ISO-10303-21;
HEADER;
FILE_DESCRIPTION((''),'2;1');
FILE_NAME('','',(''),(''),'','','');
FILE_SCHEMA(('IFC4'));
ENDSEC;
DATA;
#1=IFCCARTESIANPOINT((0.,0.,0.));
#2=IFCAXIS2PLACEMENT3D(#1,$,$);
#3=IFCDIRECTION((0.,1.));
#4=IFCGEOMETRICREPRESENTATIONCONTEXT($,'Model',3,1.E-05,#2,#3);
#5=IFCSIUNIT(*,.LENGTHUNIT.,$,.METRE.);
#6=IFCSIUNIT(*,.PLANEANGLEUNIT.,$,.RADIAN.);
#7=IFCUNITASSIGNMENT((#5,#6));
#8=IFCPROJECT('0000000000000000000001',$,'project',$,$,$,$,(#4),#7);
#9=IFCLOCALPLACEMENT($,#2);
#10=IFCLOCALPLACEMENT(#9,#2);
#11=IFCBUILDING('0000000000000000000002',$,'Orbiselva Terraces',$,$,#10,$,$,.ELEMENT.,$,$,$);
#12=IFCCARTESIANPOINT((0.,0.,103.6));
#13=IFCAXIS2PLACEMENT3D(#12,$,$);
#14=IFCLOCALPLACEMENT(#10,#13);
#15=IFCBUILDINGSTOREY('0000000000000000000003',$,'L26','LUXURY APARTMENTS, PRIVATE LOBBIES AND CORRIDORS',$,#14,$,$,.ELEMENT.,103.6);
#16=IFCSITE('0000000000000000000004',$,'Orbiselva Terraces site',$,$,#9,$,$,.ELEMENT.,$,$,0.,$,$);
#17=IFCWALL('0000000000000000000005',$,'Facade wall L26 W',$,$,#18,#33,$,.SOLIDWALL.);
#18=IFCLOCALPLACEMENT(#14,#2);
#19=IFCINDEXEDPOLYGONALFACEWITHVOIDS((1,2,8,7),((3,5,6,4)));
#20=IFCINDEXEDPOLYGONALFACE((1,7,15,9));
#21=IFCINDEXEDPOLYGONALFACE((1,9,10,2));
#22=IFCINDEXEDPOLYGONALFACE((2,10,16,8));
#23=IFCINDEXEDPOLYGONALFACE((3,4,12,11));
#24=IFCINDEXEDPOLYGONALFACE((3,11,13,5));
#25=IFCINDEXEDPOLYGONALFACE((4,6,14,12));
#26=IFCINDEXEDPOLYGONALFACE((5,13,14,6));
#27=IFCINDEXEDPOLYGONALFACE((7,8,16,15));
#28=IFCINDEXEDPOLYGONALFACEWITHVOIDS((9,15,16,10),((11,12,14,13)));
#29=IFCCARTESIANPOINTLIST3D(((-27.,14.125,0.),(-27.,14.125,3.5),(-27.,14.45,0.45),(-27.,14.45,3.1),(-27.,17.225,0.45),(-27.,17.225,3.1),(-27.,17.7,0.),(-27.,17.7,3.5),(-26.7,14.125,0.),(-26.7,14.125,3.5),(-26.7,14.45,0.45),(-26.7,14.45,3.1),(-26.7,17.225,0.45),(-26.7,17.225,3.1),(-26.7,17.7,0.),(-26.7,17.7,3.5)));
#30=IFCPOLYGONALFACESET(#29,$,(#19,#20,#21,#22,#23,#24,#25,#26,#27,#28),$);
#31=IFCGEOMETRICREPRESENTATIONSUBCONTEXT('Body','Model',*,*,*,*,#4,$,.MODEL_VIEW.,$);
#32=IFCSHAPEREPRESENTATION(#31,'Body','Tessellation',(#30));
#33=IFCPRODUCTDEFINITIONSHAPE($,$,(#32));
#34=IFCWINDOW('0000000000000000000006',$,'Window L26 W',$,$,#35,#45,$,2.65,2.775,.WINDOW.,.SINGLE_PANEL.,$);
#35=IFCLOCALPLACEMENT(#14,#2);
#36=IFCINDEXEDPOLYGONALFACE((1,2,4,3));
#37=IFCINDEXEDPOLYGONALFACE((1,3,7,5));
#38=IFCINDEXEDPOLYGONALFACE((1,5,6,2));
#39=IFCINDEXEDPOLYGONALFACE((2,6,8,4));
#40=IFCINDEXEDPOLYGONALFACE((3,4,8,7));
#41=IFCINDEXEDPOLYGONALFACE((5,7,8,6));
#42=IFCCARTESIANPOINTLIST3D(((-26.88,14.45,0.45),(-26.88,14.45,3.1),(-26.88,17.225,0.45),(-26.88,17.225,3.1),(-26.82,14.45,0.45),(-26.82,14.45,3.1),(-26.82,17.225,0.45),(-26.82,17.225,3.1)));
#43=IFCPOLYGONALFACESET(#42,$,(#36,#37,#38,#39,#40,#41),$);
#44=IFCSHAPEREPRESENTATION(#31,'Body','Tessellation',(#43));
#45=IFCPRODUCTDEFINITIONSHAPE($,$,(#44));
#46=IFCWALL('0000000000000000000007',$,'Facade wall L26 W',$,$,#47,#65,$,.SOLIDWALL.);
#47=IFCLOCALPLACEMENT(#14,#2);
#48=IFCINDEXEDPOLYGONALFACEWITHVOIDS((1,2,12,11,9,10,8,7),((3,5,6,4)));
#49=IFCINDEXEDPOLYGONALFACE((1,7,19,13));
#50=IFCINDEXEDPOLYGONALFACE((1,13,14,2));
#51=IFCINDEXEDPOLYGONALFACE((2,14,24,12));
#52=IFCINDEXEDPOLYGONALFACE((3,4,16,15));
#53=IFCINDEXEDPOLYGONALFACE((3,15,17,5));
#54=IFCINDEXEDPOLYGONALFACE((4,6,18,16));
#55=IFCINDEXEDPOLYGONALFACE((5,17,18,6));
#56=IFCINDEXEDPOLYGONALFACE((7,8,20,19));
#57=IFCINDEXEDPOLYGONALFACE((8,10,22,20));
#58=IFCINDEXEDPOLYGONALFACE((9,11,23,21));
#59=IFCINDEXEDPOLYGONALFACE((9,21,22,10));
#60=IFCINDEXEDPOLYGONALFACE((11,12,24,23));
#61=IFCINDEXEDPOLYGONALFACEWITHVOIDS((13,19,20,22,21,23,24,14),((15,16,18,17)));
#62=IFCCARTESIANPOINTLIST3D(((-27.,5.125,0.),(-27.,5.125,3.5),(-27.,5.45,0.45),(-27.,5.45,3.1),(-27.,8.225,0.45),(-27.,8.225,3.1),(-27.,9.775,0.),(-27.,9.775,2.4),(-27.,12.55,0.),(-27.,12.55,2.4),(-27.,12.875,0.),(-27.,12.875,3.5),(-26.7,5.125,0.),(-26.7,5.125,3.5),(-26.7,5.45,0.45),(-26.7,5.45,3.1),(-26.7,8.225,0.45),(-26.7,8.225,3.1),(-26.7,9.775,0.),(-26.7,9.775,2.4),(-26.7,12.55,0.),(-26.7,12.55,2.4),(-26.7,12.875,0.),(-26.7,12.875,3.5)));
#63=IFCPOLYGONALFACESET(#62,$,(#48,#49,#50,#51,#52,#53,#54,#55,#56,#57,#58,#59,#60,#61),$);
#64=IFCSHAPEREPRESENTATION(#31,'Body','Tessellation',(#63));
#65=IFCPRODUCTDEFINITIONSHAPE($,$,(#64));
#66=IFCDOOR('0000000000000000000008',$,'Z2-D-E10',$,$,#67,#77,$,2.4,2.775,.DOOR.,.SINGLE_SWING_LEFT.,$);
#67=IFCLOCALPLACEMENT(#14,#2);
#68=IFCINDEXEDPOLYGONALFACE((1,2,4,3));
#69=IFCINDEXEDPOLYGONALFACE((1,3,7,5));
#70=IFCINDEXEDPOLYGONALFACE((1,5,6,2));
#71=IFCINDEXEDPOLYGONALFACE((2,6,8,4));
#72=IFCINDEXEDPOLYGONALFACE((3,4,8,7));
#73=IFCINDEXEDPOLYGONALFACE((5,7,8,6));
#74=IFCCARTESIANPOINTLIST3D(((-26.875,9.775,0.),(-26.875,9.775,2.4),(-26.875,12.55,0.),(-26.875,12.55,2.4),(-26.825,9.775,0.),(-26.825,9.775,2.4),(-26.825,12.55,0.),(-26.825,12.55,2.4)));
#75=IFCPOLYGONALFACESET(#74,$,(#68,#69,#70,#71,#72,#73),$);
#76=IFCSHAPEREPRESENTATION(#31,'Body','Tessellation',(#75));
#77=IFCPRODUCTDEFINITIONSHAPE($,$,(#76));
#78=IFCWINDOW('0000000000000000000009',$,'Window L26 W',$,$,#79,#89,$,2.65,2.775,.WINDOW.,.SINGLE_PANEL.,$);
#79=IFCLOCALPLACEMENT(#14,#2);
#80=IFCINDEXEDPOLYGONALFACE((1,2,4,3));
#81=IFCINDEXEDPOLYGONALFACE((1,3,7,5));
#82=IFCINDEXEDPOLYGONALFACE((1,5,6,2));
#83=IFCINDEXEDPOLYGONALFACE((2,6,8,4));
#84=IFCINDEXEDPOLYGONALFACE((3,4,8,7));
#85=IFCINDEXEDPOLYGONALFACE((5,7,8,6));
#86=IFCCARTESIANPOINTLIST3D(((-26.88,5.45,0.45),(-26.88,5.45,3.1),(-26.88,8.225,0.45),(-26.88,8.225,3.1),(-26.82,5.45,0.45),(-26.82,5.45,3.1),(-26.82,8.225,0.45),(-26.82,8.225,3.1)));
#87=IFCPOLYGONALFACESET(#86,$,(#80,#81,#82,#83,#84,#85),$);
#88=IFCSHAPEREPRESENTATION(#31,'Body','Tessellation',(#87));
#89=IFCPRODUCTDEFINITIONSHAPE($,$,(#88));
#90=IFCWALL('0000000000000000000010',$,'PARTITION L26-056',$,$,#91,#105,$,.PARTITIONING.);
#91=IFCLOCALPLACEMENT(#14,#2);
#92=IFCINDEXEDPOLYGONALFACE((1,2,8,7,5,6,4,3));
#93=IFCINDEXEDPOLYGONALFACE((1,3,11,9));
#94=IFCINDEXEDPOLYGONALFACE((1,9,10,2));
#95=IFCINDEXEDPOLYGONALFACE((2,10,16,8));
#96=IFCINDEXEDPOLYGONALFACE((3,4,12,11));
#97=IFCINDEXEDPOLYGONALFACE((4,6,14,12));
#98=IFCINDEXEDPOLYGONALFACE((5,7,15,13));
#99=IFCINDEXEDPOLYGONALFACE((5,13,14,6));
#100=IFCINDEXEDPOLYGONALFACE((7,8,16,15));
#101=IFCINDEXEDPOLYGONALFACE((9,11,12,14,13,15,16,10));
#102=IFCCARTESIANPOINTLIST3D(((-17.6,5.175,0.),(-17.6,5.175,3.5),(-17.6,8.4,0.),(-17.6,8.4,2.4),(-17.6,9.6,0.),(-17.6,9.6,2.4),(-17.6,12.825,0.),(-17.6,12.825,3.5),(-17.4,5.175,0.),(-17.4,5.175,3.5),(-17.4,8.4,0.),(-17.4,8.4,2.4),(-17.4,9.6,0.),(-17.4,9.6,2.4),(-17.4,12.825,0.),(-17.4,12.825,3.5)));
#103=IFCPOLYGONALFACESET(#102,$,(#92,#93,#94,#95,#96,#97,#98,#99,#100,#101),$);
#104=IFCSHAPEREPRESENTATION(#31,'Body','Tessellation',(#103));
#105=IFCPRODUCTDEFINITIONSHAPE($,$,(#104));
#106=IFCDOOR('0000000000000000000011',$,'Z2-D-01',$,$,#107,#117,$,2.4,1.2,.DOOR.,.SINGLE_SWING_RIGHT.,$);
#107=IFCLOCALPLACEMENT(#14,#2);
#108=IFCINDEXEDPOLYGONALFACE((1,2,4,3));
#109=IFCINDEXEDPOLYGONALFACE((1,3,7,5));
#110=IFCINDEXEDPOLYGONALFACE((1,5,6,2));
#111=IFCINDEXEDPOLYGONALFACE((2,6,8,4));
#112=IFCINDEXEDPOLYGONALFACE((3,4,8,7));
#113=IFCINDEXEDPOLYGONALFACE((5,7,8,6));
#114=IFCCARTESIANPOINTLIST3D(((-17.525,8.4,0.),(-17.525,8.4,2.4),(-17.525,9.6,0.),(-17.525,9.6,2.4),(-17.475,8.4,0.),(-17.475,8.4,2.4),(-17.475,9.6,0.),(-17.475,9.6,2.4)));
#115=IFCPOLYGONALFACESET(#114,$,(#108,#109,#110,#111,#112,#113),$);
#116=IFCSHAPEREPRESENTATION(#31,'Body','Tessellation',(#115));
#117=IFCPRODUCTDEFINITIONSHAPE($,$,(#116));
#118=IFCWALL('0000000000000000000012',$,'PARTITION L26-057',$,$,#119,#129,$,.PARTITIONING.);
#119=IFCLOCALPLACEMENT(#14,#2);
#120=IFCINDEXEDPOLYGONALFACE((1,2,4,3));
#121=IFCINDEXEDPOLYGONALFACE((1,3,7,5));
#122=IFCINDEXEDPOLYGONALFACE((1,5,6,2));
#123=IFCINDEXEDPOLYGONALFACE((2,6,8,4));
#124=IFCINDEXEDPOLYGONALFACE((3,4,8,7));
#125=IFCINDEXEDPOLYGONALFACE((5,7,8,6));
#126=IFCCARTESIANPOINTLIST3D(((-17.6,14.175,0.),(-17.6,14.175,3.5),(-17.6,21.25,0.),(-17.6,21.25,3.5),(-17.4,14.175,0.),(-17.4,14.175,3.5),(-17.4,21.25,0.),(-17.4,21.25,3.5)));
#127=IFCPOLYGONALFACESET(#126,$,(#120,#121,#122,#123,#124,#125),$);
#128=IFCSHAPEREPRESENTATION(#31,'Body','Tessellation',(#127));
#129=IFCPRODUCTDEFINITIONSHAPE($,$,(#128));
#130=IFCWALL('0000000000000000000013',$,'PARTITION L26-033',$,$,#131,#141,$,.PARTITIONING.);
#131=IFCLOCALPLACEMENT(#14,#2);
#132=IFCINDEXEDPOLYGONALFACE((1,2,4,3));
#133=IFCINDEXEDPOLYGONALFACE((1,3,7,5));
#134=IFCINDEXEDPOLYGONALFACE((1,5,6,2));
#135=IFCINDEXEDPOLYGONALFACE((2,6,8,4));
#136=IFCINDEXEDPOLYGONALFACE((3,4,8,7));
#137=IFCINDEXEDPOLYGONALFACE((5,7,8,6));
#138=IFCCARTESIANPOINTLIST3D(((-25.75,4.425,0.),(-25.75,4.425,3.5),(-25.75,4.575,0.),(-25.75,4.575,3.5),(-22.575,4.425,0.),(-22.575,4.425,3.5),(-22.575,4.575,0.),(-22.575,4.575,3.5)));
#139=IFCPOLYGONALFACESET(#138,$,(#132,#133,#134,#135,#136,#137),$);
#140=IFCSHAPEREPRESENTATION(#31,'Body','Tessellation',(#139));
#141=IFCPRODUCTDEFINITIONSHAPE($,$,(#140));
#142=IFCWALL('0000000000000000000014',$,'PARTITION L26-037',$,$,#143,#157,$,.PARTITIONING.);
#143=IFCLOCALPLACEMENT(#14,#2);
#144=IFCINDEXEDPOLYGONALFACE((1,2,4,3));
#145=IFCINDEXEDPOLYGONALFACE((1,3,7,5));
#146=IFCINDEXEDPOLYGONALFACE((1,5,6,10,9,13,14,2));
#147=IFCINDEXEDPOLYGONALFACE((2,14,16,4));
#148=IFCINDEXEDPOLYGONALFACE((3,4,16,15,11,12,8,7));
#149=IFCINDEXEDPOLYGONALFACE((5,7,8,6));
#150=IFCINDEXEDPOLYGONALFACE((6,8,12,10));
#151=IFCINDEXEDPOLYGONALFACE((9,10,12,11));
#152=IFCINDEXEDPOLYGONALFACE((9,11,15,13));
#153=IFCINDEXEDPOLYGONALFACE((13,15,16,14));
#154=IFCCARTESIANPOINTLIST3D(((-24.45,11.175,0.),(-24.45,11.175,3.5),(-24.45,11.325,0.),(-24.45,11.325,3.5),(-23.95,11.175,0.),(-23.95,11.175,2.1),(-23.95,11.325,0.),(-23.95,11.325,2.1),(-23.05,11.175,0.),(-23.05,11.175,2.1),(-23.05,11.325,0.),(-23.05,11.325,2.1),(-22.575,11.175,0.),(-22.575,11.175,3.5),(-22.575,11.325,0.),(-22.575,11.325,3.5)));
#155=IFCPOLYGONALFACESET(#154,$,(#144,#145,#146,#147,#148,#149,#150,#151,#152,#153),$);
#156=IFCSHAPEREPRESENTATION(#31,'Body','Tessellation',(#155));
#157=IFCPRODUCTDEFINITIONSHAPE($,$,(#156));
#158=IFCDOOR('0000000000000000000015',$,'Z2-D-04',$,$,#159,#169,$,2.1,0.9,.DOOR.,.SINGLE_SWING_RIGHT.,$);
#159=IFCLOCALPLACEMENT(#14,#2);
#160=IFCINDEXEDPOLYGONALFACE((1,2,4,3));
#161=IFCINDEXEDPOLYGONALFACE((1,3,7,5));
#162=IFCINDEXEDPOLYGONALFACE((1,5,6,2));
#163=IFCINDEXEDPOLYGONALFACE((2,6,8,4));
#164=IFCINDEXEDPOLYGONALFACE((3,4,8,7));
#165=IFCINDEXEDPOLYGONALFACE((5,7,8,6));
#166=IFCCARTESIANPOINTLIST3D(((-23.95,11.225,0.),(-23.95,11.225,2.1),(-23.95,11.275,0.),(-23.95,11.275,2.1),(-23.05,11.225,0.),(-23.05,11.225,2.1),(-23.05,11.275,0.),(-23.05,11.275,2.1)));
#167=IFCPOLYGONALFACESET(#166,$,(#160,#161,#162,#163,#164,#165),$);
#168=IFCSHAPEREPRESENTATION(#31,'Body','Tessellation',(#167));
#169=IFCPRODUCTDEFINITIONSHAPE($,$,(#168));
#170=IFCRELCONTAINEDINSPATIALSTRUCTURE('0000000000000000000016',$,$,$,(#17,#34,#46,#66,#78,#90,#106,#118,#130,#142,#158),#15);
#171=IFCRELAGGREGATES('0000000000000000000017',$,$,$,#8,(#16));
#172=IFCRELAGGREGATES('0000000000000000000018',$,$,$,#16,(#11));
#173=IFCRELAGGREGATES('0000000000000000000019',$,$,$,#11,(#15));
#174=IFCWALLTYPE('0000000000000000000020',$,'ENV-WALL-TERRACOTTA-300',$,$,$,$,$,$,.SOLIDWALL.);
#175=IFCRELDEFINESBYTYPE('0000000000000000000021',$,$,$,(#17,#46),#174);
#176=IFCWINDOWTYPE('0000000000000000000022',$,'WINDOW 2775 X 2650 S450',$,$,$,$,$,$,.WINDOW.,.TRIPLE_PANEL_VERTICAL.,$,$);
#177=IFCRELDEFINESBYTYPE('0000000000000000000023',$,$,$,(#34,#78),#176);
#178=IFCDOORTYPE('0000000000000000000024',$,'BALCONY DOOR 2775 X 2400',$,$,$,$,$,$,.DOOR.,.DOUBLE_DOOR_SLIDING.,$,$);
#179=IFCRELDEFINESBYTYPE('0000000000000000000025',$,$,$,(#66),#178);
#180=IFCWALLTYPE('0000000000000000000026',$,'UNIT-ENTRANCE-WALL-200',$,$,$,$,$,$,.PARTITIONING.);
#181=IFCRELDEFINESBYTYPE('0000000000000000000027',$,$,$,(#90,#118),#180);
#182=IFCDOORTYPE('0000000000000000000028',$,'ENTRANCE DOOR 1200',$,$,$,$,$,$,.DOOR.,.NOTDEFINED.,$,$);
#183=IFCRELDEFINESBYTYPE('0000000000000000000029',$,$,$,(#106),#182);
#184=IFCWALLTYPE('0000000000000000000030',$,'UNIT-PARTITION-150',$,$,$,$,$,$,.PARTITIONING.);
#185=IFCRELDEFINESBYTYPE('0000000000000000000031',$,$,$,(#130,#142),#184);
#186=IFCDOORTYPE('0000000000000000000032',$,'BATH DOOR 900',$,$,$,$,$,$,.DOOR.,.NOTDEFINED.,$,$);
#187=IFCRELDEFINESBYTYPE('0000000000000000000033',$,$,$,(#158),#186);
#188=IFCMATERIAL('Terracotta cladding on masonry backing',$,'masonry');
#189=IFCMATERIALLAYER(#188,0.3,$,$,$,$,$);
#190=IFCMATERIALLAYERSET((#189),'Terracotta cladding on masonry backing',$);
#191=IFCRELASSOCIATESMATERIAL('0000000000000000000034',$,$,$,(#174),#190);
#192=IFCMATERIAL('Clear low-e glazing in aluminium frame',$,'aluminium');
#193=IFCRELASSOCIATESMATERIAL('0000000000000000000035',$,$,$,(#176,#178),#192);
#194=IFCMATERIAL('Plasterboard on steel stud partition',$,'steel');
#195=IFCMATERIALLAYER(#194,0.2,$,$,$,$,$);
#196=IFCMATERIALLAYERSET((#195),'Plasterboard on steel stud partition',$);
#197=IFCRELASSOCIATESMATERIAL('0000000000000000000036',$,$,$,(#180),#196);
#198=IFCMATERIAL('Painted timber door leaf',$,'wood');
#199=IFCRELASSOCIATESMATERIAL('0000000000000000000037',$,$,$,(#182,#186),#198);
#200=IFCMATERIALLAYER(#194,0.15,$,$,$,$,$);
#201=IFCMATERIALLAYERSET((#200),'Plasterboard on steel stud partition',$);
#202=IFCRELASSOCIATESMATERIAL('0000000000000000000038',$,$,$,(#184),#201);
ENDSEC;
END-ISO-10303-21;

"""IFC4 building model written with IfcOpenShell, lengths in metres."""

from ifc_helpers import new_model, si_unit, direction, frame, frame_2d, origin, place, context, subcontext, project, spatial, rectangle, extrude, material, layer, layer_set, type_object, element, fill, save


model = new_model("IFC4")

# Units and contexts
model_context = context("Model", 3, precision=1e-05, world=origin(), true_north=direction((0.0, 1.0)))
body_context = subcontext(model_context, "Body", "Model", "MODEL_VIEW")
ifc_project = project(units=[si_unit("LENGTHUNIT", "METRE"), si_unit("PLANEANGLEUNIT", "RADIAN")], contexts=[model_context])

# Site, building, storey
site_placement = place(None, origin())
site = spatial("IfcSite", under=ifc_project, at=site_placement, Name="Orbiselva Terraces site", CompositionType="ELEMENT", RefElevation=0.0)
building_placement = place(site_placement, origin())
building = spatial("IfcBuilding", under=site, at=building_placement, Name="Orbiselva Terraces", CompositionType="ELEMENT")
storey_placement = place(building_placement, frame((0.0, 0.0, 103.6)))
storey = spatial("IfcBuildingStorey", under=building, at=storey_placement, Name="L26", Description="LUXURY APARTMENTS, PRIVATE LOBBIES AND CORRIDORS", CompositionType="ELEMENT", Elevation=103.6)

# Wall, opening, window
ifc_material_1 = material(Name="Terracotta cladding on masonry backing", Category="masonry")
ifc_layer_1 = layer(ifc_material_1, 0.3)
ifc_layer_set_1 = layer_set([ifc_layer_1], Name="Terracotta cladding on masonry backing")
wall_type_1 = type_object("IfcWallType", Name="ENV-WALL-TERRACOTTA-300", PredefinedType="SOLIDWALL", material=ifc_layer_set_1)
wall_1_placement = place(storey_placement, frame((-26.85, 14.125, 0.0), z_axis=(0.0, 0.0, 1.0), x_axis=(0.0, 1.0, 0.0)))
wall_1 = element("IfcWall", 1, at=wall_1_placement, inside=storey, type_object=wall_type_1, Name="Facade wall L26 W", PredefinedType="SOLIDWALL", context=body_context, shape_type="SweptSolid", body=[
    extrude(rectangle(XDim=3.575, YDim=0.3, at=frame_2d((1.7875, 0.0))), origin(), (0.0, 0.0, 1.0), 3.5),
])
opening_1_placement = place(wall_1_placement, frame((0.325, 0.0, 0.45)))
opening_1 = element("IfcOpeningElement", 2, at=opening_1_placement, cuts=wall_1, PredefinedType="OPENING", context=body_context, shape_type="SweptSolid", body=[
    extrude(rectangle(XDim=2.775, YDim=2.65, at=frame_2d((1.3875, 1.325))), frame((0.0, 0.16, 0.0), z_axis=(0.0, -1.0, 0.0), x_axis=(1.0, 0.0, 0.0)), (0.0, 0.0, 1.0), 0.32),
])
ifc_material_2 = material(Name="Clear low-e glazing in aluminium frame", Category="aluminium")
window_type = type_object("IfcWindowType", Name="WINDOW 2775 X 2650 S450", PartitioningType="TRIPLE_PANEL_VERTICAL", PredefinedType="WINDOW", material=ifc_material_2)
window_1_placement = place(opening_1_placement, origin())
window_1 = element("IfcWindow", 3, at=window_1_placement, inside=storey, type_object=window_type, Name="Window L26 W", OverallHeight=2.65, OverallWidth=2.775, PartitioningType="SINGLE_PANEL", PredefinedType="WINDOW", context=body_context, shape_type="SweptSolid", body=[
    extrude(rectangle(XDim=2.775, YDim=2.65, at=frame_2d((1.3875, 1.325))), frame((0.0, 0.03, 0.0), z_axis=(0.0, -1.0, 0.0), x_axis=(1.0, 0.0, 0.0)), (0.0, 0.0, 1.0), 0.06),
])
fill(opening_1, window_1)

# Wall, openings, door, window
wall_2_placement = place(storey_placement, frame((-26.85, 5.125, 0.0), z_axis=(0.0, 0.0, 1.0), x_axis=(0.0, 1.0, 0.0)))
wall_2 = element("IfcWall", 4, at=wall_2_placement, inside=storey, type_object=wall_type_1, Name="Facade wall L26 W", PredefinedType="SOLIDWALL", context=body_context, shape_type="SweptSolid", body=[
    extrude(rectangle(XDim=7.75, YDim=0.3, at=frame_2d((3.875, 0.0))), origin(), (0.0, 0.0, 1.0), 3.5),
])
opening_2_placement = place(wall_2_placement, frame((4.65, 0.0, 0.0)))
opening_2 = element("IfcOpeningElement", 5, at=opening_2_placement, cuts=wall_2, PredefinedType="OPENING", context=body_context, shape_type="SweptSolid", body=[
    extrude(rectangle(XDim=2.775, YDim=2.4, at=frame_2d((1.3875, 1.2))), frame((0.0, 0.16, 0.0), z_axis=(0.0, -1.0, 0.0), x_axis=(1.0, 0.0, 0.0)), (0.0, 0.0, 1.0), 0.32),
])
opening_3_placement = place(wall_2_placement, frame((0.325, 0.0, 0.45)))
opening_3 = element("IfcOpeningElement", 6, at=opening_3_placement, cuts=wall_2, PredefinedType="OPENING", context=body_context, shape_type="SweptSolid", body=[
    extrude(rectangle(XDim=2.775, YDim=2.65, at=frame_2d((1.3875, 1.325))), frame((0.0, 0.16, 0.0), z_axis=(0.0, -1.0, 0.0), x_axis=(1.0, 0.0, 0.0)), (0.0, 0.0, 1.0), 0.32),
])
door_type_1 = type_object("IfcDoorType", Name="BALCONY DOOR 2775 X 2400", OperationType="DOUBLE_DOOR_SLIDING", PredefinedType="DOOR", material=ifc_material_2)
door_1_placement = place(opening_2_placement, origin())
door_1 = element("IfcDoor", 7, at=door_1_placement, inside=storey, type_object=door_type_1, Name="Z2-D-E10", OperationType="SINGLE_SWING_LEFT", OverallHeight=2.4, OverallWidth=2.775, PredefinedType="DOOR", context=body_context, shape_type="SweptSolid", body=[
    extrude(rectangle(XDim=2.775, YDim=2.4, at=frame_2d((1.3875, 1.2))), frame((0.0, 0.025, 0.0), z_axis=(0.0, -1.0, 0.0), x_axis=(1.0, 0.0, 0.0)), (0.0, 0.0, 1.0), 0.05),
])
fill(opening_2, door_1)
window_2_placement = place(opening_3_placement, origin())
window_2 = element("IfcWindow", 8, at=window_2_placement, inside=storey, type_object=window_type, Name="Window L26 W", OverallHeight=2.65, OverallWidth=2.775, PartitioningType="SINGLE_PANEL", PredefinedType="WINDOW", context=body_context, shape_type="SweptSolid", body=[
    extrude(rectangle(XDim=2.775, YDim=2.65, at=frame_2d((1.3875, 1.325))), frame((0.0, 0.03, 0.0), z_axis=(0.0, -1.0, 0.0), x_axis=(1.0, 0.0, 0.0)), (0.0, 0.0, 1.0), 0.06),
])
fill(opening_3, window_2)

# Wall, opening, door
ifc_material_3 = material(Name="Plasterboard on steel stud partition", Category="steel")
ifc_layer_2 = layer(ifc_material_3, 0.2)
ifc_layer_set_2 = layer_set([ifc_layer_2], Name="Plasterboard on steel stud partition")
wall_type_2 = type_object("IfcWallType", Name="UNIT-ENTRANCE-WALL-200", PredefinedType="PARTITIONING", material=ifc_layer_set_2)
wall_3_placement = place(storey_placement, frame((-17.5, 5.175, 0.0), z_axis=(0.0, 0.0, 1.0), x_axis=(0.0, 1.0, 0.0)))
wall_3 = element("IfcWall", 9, at=wall_3_placement, inside=storey, type_object=wall_type_2, Name="PARTITION L26-056", PredefinedType="PARTITIONING", context=body_context, shape_type="SweptSolid", body=[
    extrude(rectangle(XDim=7.65, YDim=0.2, at=frame_2d((3.825, 0.0))), origin(), (0.0, 0.0, 1.0), 3.5),
])
opening_4_placement = place(wall_3_placement, frame((3.225, 0.0, 0.0)))
opening_4 = element("IfcOpeningElement", 10, at=opening_4_placement, cuts=wall_3, PredefinedType="OPENING", context=body_context, shape_type="SweptSolid", body=[
    extrude(rectangle(XDim=1.2, YDim=2.4, at=frame_2d((0.6, 1.2))), frame((0.0, 0.11, 0.0), z_axis=(0.0, -1.0, 0.0), x_axis=(1.0, 0.0, 0.0)), (0.0, 0.0, 1.0), 0.22),
])
ifc_material_4 = material(Name="Painted timber door leaf", Category="wood")
door_type_2 = type_object("IfcDoorType", Name="ENTRANCE DOOR 1200", OperationType="NOTDEFINED", PredefinedType="DOOR", material=ifc_material_4)
door_2_placement = place(opening_4_placement, origin())
door_2 = element("IfcDoor", 11, at=door_2_placement, inside=storey, type_object=door_type_2, Name="Z2-D-01", OperationType="SINGLE_SWING_RIGHT", OverallHeight=2.4, OverallWidth=1.2, PredefinedType="DOOR", context=body_context, shape_type="SweptSolid", body=[
    extrude(rectangle(XDim=1.2, YDim=2.4, at=frame_2d((0.6, 1.2))), frame((0.0, 0.025, 0.0), z_axis=(0.0, -1.0, 0.0), x_axis=(1.0, 0.0, 0.0)), (0.0, 0.0, 1.0), 0.05),
])
fill(opening_4, door_2)

# Walls
wall_4_placement = place(storey_placement, frame((-17.5, 14.175, 0.0), z_axis=(0.0, 0.0, 1.0), x_axis=(0.0, 1.0, 0.0)))
element("IfcWall", 12, at=wall_4_placement, inside=storey, type_object=wall_type_2, Name="PARTITION L26-057", PredefinedType="PARTITIONING", context=body_context, shape_type="SweptSolid", body=[
    extrude(rectangle(XDim=7.075, YDim=0.2, at=frame_2d((3.5375, 0.0))), origin(), (0.0, 0.0, 1.0), 3.5),
])
ifc_layer_3 = layer(ifc_material_3, 0.15)
ifc_layer_set_3 = layer_set([ifc_layer_3], Name="Plasterboard on steel stud partition")
wall_type_3 = type_object("IfcWallType", Name="UNIT-PARTITION-150", PredefinedType="PARTITIONING", material=ifc_layer_set_3)
wall_5_placement = place(storey_placement, frame((-25.75, 4.5, 0.0), z_axis=(0.0, 0.0, 1.0), x_axis=(1.0, 0.0, 0.0)))
element("IfcWall", 13, at=wall_5_placement, inside=storey, type_object=wall_type_3, Name="PARTITION L26-033", PredefinedType="PARTITIONING", context=body_context, shape_type="SweptSolid", body=[
    extrude(rectangle(XDim=3.175, YDim=0.15, at=frame_2d((1.5875, 0.0))), origin(), (0.0, 0.0, 1.0), 3.5),
])

# Wall, opening, door
wall_6_placement = place(storey_placement, frame((-24.45, 11.25, 0.0), z_axis=(0.0, 0.0, 1.0), x_axis=(1.0, 0.0, 0.0)))
wall_6 = element("IfcWall", 14, at=wall_6_placement, inside=storey, type_object=wall_type_3, Name="PARTITION L26-037", PredefinedType="PARTITIONING", context=body_context, shape_type="SweptSolid", body=[
    extrude(rectangle(XDim=1.875, YDim=0.15, at=frame_2d((0.9375, 0.0))), origin(), (0.0, 0.0, 1.0), 3.5),
])
opening_5_placement = place(wall_6_placement, frame((0.5, 0.0, 0.0)))
opening_5 = element("IfcOpeningElement", 15, at=opening_5_placement, cuts=wall_6, PredefinedType="OPENING", context=body_context, shape_type="SweptSolid", body=[
    extrude(rectangle(XDim=0.9, YDim=2.1, at=frame_2d((0.45, 1.05))), frame((0.0, 0.085, 0.0), z_axis=(0.0, -1.0, 0.0), x_axis=(1.0, 0.0, 0.0)), (0.0, 0.0, 1.0), 0.17),
])
door_type_3 = type_object("IfcDoorType", Name="BATH DOOR 900", OperationType="NOTDEFINED", PredefinedType="DOOR", material=ifc_material_4)
door_3_placement = place(opening_5_placement, origin())
door_3 = element("IfcDoor", 16, at=door_3_placement, inside=storey, type_object=door_type_3, Name="Z2-D-04", OperationType="SINGLE_SWING_RIGHT", OverallHeight=2.1, OverallWidth=0.9, PredefinedType="DOOR", context=body_context, shape_type="SweptSolid", body=[
    extrude(rectangle(XDim=0.9, YDim=2.1, at=frame_2d((0.45, 1.05))), frame((0.0, 0.025, 0.0), z_axis=(0.0, -1.0, 0.0), x_axis=(1.0, 0.0, 0.0)), (0.0, 0.0, 1.0), 0.05),
])
fill(opening_5, door_3)

save(model, "model.ifc")
